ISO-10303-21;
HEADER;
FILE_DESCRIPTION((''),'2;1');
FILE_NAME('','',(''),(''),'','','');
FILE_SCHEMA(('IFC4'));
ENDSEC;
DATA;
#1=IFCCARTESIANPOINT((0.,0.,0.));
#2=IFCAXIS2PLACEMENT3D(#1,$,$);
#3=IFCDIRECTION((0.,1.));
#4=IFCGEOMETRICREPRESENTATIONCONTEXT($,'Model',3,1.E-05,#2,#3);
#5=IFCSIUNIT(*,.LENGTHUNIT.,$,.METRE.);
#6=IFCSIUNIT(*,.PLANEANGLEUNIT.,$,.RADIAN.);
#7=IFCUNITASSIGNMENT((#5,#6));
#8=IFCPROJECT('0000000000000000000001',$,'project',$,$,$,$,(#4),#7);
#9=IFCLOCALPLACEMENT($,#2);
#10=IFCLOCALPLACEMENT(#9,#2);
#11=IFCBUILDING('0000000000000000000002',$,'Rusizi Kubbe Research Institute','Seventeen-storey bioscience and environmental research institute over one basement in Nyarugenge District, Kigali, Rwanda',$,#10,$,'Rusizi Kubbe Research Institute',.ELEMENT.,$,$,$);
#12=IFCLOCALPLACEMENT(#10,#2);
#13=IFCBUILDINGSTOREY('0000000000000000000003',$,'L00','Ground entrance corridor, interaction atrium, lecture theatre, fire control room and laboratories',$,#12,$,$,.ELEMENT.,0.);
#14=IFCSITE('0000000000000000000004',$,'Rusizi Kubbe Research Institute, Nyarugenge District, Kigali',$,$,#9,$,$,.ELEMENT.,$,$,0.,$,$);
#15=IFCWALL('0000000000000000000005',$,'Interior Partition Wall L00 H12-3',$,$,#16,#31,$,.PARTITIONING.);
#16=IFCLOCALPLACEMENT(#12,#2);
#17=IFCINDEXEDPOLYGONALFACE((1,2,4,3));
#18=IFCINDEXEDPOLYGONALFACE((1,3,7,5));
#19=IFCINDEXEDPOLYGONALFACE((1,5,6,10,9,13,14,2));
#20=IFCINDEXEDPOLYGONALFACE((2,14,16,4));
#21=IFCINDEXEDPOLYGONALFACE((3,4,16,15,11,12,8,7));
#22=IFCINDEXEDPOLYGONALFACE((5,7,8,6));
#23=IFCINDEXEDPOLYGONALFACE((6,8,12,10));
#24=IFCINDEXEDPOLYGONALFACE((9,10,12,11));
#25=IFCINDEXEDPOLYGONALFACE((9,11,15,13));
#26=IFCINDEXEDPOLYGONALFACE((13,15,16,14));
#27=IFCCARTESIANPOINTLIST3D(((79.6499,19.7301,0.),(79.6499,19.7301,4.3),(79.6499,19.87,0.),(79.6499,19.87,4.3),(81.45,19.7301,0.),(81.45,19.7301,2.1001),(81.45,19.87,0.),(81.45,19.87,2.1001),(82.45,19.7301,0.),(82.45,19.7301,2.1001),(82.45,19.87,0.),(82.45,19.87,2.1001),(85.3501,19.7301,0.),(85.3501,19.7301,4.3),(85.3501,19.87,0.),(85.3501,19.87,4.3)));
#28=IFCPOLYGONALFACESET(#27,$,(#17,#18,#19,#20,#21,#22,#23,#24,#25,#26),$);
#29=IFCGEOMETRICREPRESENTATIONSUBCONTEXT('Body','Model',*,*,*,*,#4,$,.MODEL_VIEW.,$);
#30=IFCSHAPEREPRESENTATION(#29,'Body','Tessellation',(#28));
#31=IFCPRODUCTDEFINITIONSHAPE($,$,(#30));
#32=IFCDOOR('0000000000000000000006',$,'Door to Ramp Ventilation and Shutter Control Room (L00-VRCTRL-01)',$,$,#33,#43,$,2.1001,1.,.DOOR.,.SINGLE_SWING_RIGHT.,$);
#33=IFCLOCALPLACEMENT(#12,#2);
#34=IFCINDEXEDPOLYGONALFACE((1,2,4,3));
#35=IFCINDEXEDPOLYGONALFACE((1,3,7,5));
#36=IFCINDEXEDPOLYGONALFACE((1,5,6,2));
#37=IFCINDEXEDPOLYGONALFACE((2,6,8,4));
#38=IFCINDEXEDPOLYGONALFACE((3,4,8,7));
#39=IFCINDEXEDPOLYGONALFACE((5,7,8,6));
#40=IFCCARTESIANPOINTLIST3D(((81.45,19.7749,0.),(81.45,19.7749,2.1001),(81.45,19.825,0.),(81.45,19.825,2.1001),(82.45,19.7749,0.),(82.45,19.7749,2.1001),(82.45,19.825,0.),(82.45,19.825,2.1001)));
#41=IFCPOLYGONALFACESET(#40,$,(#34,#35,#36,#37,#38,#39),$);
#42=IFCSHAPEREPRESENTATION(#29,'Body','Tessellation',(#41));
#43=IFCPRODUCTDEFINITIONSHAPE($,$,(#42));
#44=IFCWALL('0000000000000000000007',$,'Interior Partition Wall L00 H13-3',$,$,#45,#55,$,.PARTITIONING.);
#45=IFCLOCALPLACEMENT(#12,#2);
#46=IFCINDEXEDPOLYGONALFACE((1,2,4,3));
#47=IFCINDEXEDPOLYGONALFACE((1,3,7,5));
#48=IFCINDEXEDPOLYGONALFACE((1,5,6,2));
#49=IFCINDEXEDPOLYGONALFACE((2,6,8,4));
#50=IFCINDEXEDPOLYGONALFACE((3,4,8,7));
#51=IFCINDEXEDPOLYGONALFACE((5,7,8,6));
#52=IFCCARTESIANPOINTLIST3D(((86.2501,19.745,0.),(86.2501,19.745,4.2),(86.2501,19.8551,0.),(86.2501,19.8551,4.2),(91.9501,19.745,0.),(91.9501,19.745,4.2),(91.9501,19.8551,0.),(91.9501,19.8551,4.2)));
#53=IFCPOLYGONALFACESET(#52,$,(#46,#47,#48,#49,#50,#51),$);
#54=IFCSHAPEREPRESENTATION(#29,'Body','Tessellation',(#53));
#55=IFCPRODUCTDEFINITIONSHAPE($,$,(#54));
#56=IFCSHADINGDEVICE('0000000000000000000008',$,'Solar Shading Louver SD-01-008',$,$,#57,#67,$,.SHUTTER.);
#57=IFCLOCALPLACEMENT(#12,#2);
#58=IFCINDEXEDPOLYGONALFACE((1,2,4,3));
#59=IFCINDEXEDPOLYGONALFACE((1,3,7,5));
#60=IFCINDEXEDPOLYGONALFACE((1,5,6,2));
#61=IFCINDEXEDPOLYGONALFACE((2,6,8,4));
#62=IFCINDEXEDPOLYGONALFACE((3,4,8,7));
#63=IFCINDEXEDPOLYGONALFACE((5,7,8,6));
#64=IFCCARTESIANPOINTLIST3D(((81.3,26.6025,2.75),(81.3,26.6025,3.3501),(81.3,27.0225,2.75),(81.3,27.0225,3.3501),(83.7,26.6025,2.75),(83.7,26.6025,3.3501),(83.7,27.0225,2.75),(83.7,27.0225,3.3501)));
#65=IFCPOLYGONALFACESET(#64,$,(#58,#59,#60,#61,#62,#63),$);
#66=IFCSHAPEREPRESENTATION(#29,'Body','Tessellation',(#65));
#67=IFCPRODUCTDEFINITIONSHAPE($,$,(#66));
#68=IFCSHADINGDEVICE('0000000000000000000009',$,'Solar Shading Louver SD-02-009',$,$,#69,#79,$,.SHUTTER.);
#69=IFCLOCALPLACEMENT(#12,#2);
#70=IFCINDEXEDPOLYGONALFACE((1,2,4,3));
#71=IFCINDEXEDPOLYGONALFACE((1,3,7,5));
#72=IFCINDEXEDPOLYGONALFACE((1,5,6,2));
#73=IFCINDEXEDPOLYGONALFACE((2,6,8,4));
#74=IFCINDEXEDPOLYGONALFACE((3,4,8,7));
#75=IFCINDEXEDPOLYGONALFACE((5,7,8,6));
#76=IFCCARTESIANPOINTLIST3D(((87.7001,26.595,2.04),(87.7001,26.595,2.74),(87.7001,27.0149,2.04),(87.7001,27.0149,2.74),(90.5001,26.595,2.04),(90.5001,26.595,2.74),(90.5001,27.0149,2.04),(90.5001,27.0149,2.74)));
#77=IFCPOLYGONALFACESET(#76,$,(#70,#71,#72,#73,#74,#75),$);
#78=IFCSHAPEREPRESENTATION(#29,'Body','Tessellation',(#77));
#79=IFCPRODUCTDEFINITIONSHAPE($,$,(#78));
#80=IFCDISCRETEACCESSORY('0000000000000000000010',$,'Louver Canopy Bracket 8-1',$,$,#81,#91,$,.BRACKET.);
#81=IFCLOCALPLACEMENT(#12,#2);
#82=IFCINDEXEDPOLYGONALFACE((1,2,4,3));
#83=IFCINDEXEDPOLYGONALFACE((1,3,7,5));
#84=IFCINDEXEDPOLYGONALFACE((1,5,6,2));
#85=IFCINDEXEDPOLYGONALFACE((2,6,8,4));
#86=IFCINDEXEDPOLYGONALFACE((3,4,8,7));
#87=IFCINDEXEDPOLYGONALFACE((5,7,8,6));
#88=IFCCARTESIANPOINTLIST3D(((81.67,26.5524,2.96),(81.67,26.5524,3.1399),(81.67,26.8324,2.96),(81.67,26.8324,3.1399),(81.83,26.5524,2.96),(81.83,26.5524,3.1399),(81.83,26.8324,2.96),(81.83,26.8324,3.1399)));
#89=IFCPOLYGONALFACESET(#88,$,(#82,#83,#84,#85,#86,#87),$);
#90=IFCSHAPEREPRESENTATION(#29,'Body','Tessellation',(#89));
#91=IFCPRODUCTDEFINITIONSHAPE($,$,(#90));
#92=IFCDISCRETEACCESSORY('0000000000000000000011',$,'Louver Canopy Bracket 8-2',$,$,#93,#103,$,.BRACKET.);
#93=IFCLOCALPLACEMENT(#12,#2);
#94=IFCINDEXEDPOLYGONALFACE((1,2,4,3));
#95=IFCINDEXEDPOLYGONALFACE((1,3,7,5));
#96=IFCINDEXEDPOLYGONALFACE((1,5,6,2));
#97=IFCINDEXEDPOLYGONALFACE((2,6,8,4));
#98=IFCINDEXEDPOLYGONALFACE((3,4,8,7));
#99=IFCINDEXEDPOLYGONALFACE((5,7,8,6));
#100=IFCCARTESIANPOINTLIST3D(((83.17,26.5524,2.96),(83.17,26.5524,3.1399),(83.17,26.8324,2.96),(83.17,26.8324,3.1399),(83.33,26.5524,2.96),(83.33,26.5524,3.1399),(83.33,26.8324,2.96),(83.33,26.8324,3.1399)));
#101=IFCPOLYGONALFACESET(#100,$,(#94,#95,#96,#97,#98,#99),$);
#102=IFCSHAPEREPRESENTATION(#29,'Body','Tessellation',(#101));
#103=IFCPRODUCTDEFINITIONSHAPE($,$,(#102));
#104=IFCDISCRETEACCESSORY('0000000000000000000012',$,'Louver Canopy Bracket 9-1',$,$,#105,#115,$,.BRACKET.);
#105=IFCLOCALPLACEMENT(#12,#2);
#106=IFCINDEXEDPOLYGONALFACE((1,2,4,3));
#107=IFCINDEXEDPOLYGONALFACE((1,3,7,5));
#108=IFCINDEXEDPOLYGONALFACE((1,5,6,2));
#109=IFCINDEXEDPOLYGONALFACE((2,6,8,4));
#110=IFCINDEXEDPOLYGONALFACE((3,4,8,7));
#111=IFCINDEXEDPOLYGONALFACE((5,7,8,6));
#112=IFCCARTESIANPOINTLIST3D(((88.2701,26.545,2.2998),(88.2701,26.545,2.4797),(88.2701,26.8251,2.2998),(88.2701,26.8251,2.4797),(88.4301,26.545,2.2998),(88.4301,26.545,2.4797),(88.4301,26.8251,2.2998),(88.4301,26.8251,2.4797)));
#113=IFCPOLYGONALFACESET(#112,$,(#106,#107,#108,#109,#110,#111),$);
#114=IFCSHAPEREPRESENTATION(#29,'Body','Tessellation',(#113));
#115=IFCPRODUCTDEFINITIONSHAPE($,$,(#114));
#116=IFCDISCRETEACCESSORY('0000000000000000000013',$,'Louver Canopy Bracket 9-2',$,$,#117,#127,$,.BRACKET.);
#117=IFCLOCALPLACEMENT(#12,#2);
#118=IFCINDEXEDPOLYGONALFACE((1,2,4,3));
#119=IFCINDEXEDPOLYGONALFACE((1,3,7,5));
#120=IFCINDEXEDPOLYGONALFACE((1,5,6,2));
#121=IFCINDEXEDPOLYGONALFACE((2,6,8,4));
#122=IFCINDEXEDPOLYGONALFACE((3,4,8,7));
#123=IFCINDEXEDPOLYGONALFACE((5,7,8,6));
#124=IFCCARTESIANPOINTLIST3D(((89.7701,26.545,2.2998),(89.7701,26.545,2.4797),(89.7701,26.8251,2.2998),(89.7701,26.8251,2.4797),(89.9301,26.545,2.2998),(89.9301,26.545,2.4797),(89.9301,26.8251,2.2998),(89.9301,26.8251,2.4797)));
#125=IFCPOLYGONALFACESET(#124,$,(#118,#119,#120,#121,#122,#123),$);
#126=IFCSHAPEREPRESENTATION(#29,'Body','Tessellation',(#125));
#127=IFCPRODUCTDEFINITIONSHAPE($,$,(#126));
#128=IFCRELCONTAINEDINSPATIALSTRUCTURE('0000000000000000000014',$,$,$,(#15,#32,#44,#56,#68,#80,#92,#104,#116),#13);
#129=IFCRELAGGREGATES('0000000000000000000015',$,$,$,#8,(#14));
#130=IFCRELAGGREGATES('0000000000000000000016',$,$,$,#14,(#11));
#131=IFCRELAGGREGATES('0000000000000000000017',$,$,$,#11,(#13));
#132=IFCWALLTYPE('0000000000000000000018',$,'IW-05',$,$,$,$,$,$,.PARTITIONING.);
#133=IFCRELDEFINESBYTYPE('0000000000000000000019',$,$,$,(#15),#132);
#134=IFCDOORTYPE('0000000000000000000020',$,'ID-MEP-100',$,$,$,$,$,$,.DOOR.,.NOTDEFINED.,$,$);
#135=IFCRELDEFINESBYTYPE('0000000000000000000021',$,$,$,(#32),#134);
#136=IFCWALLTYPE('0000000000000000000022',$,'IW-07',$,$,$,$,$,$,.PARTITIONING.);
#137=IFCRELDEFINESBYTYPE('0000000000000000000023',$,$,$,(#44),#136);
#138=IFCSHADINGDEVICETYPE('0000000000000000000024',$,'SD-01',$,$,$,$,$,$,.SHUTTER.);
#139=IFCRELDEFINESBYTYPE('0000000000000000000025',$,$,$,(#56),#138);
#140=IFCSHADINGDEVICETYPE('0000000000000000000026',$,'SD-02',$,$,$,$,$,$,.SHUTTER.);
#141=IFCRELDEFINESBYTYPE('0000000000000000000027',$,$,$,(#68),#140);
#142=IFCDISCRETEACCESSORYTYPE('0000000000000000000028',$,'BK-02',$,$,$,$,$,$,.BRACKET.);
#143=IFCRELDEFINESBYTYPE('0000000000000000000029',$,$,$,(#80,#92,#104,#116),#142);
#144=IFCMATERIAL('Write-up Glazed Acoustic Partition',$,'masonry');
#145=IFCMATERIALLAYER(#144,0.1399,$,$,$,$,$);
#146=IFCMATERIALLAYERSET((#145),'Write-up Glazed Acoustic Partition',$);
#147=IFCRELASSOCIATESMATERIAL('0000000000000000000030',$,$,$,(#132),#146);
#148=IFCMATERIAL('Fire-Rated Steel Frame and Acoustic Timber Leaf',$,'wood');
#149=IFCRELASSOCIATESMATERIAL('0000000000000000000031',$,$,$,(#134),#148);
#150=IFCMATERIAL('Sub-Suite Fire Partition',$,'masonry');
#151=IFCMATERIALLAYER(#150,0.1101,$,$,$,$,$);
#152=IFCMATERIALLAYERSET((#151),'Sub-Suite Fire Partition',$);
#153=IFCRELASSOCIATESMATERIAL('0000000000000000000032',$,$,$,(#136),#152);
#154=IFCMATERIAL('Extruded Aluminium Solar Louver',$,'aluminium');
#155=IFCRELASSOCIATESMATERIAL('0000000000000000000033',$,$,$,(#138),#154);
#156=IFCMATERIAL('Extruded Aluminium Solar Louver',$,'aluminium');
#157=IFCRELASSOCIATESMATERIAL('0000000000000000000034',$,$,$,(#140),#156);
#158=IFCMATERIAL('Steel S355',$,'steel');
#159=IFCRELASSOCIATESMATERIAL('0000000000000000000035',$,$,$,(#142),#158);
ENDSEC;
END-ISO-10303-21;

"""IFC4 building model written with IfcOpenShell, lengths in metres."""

from ifc_helpers import new_model, si_unit, direction, frame, frame_2d, origin, origin_2d, place, context, subcontext, project, spatial, rectangle, extrude, material, layer, layer_set, type_object, element, fill, save


model = new_model("IFC4")

# Units and contexts
model_context = context("Model", 3, precision=1e-05, world=origin(), true_north=direction((0.0, 1.0)))
body_context = subcontext(model_context, "Body", "Model", "MODEL_VIEW")
ifc_project = project(units=[si_unit("LENGTHUNIT", "METRE"), si_unit("PLANEANGLEUNIT", "RADIAN")], contexts=[model_context])

# Site, building, storey
site_placement = place(None, origin())
site = spatial("IfcSite", under=ifc_project, at=site_placement, Name="Rusizi Kubbe Research Institute, Nyarugenge District, Kigali", CompositionType="ELEMENT", RefElevation=0.0)
building_placement = place(site_placement, origin())
building = spatial("IfcBuilding", under=site, at=building_placement, Name="Rusizi Kubbe Research Institute", Description="Seventeen-storey bioscience and environmental research institute over one basement in Nyarugenge District, Kigali, Rwanda", LongName="Rusizi Kubbe Research Institute", CompositionType="ELEMENT")
storey_placement = place(building_placement, origin())
storey = spatial("IfcBuildingStorey", under=building, at=storey_placement, Name="L00", Description="Ground entrance corridor, interaction atrium, lecture theatre, fire control room and laboratories", CompositionType="ELEMENT", Elevation=0.0)

# Wall, opening, door
ifc_material_1 = material(Name="Write-up Glazed Acoustic Partition", Category="masonry")
ifc_layer_1 = layer(ifc_material_1, 0.1399)
ifc_layer_set_1 = layer_set([ifc_layer_1], Name="Write-up Glazed Acoustic Partition")
wall_type_1 = type_object("IfcWallType", Name="IW-05", PredefinedType="PARTITIONING", material=ifc_layer_set_1)
wall_1_placement = place(storey_placement, frame((79.6499, 19.8, 0.0), z_axis=(0.0, 0.0, 1.0), x_axis=(1.0, 0.0, 0.0)))
wall_1 = element("IfcWall", 1, at=wall_1_placement, inside=storey, type_object=wall_type_1, Name="Interior Partition Wall L00 H12-3", PredefinedType="PARTITIONING", context=body_context, shape_type="SweptSolid", body=[
    extrude(rectangle(XDim=5.7002, YDim=0.1399, at=frame_2d((2.8501, 0.0))), origin(), (0.0, 0.0, 1.0), 4.3),
])
opening_1_placement = place(wall_1_placement, frame((1.8, 0.0, 0.0)))
opening_1 = element("IfcOpeningElement", 2, at=opening_1_placement, cuts=wall_1, PredefinedType="OPENING", context=body_context, shape_type="SweptSolid", body=[
    extrude(rectangle(XDim=1.0, YDim=2.1001, at=frame_2d((0.5, 1.05))), frame((0.0, 0.0798, 0.0), z_axis=(0.0, -1.0, 0.0), x_axis=(1.0, 0.0, 0.0)), (0.0, 0.0, 1.0), 0.1599),
])
ifc_material_2 = material(Name="Fire-Rated Steel Frame and Acoustic Timber Leaf", Category="wood")
door_type = type_object("IfcDoorType", Name="ID-MEP-100", OperationType="NOTDEFINED", PredefinedType="DOOR", material=ifc_material_2)
door_placement = place(opening_1_placement, origin())
door = element("IfcDoor", 3, at=door_placement, inside=storey, type_object=door_type, Name="Door to Ramp Ventilation and Shutter Control Room (L00-VRCTRL-01)", OperationType="SINGLE_SWING_RIGHT", OverallHeight=2.1001, OverallWidth=1.0, PredefinedType="DOOR", context=body_context, shape_type="SweptSolid", body=[
    extrude(rectangle(XDim=1.0, YDim=2.1001, at=frame_2d((0.5, 1.05))), frame((0.0, 0.0249, 0.0), z_axis=(0.0, -1.0, 0.0), x_axis=(1.0, 0.0, 0.0)), (0.0, 0.0, 1.0), 0.05),
])
fill(opening_1, door)

# Wall
ifc_material_3 = material(Name="Sub-Suite Fire Partition", Category="masonry")
ifc_layer_2 = layer(ifc_material_3, 0.1101)
ifc_layer_set_2 = layer_set([ifc_layer_2], Name="Sub-Suite Fire Partition")
wall_type_2 = type_object("IfcWallType", Name="IW-07", PredefinedType="PARTITIONING", material=ifc_layer_set_2)
wall_2_placement = place(storey_placement, frame((86.25, 19.8, 0.0), z_axis=(0.0, 0.0, 1.0), x_axis=(1.0, 0.0, 0.0)))
element("IfcWall", 4, at=wall_2_placement, inside=storey, type_object=wall_type_2, Name="Interior Partition Wall L00 H13-3", PredefinedType="PARTITIONING", context=body_context, shape_type="SweptSolid", body=[
    extrude(rectangle(XDim=5.7, YDim=0.1101, at=frame_2d((2.8501, 0.0))), origin(), (0.0, 0.0, 1.0), 4.2),
])

# Shading devices
ifc_material_4 = material(Name="Extruded Aluminium Solar Louver", Category="aluminium")
shading_device_type_1 = type_object("IfcShadingDeviceType", Name="SD-01", PredefinedType="SHUTTER", material=ifc_material_4)
shading_device_1_placement = place(storey_placement, frame((82.5, 26.8125, 2.75), z_axis=(0.0, 0.0, 1.0), x_axis=(1.0, 0.0, 0.0)))
element("IfcShadingDevice", 5, at=shading_device_1_placement, inside=storey, type_object=shading_device_type_1, Name="Solar Shading Louver SD-01-008", PredefinedType="SHUTTER", context=body_context, shape_type="SweptSolid", body=[
    extrude(rectangle(XDim=2.3999, YDim=0.4199, at=origin_2d()), origin(), (0.0, 0.0, 1.0), 0.6001),
])
ifc_material_5 = material(Name="Extruded Aluminium Solar Louver", Category="aluminium")
shading_device_type_2 = type_object("IfcShadingDeviceType", Name="SD-02", PredefinedType="SHUTTER", material=ifc_material_5)
shading_device_2_placement = place(storey_placement, frame((89.1001, 26.8049, 2.04), z_axis=(0.0, 0.0, 1.0), x_axis=(1.0, 0.0, 0.0)))
element("IfcShadingDevice", 6, at=shading_device_2_placement, inside=storey, type_object=shading_device_type_2, Name="Solar Shading Louver SD-02-009", PredefinedType="SHUTTER", context=body_context, shape_type="SweptSolid", body=[
    extrude(rectangle(XDim=2.8, YDim=0.4199, at=origin_2d()), origin(), (0.0, 0.0, 1.0), 0.7),
])

# Discrete accessories
ifc_material_6 = material(Name="Steel S355", Category="steel")
discrete_accessory_type = type_object("IfcDiscreteAccessoryType", Name="BK-02", PredefinedType="BRACKET", material=ifc_material_6)
for number, where, z_axis, x_axis, name in (
    (7, (81.75, 26.6924, 2.96), (0.0, 0.0, 1.0), (1.0, 0.0, 0.0), "Louver Canopy Bracket 8-1"),
    (8, (83.25, 26.6924, 2.96), (0.0, 0.0, 1.0), (1.0, 0.0, 0.0), "Louver Canopy Bracket 8-2"),
    (9, (88.3501, 26.6851, 2.2998), (0.0, 0.0, 1.0), (1.0, 0.0, 0.0), "Louver Canopy Bracket 9-1"),
    (10, (89.8501, 26.6851, 2.2998), (0.0, 0.0, 1.0), (1.0, 0.0, 0.0), "Louver Canopy Bracket 9-2"),
):
    element("IfcDiscreteAccessory", number, at=place(storey_placement, frame(where, z_axis=z_axis, x_axis=x_axis)), inside=storey, type_object=discrete_accessory_type, Name=name, PredefinedType="BRACKET", context=body_context, shape_type="SweptSolid", body=[
        extrude(rectangle(XDim=0.1599, YDim=0.28, at=origin_2d()), origin(), (0.0, 0.0, 1.0), 0.1799),
    ])

save(model, "model.ifc")
